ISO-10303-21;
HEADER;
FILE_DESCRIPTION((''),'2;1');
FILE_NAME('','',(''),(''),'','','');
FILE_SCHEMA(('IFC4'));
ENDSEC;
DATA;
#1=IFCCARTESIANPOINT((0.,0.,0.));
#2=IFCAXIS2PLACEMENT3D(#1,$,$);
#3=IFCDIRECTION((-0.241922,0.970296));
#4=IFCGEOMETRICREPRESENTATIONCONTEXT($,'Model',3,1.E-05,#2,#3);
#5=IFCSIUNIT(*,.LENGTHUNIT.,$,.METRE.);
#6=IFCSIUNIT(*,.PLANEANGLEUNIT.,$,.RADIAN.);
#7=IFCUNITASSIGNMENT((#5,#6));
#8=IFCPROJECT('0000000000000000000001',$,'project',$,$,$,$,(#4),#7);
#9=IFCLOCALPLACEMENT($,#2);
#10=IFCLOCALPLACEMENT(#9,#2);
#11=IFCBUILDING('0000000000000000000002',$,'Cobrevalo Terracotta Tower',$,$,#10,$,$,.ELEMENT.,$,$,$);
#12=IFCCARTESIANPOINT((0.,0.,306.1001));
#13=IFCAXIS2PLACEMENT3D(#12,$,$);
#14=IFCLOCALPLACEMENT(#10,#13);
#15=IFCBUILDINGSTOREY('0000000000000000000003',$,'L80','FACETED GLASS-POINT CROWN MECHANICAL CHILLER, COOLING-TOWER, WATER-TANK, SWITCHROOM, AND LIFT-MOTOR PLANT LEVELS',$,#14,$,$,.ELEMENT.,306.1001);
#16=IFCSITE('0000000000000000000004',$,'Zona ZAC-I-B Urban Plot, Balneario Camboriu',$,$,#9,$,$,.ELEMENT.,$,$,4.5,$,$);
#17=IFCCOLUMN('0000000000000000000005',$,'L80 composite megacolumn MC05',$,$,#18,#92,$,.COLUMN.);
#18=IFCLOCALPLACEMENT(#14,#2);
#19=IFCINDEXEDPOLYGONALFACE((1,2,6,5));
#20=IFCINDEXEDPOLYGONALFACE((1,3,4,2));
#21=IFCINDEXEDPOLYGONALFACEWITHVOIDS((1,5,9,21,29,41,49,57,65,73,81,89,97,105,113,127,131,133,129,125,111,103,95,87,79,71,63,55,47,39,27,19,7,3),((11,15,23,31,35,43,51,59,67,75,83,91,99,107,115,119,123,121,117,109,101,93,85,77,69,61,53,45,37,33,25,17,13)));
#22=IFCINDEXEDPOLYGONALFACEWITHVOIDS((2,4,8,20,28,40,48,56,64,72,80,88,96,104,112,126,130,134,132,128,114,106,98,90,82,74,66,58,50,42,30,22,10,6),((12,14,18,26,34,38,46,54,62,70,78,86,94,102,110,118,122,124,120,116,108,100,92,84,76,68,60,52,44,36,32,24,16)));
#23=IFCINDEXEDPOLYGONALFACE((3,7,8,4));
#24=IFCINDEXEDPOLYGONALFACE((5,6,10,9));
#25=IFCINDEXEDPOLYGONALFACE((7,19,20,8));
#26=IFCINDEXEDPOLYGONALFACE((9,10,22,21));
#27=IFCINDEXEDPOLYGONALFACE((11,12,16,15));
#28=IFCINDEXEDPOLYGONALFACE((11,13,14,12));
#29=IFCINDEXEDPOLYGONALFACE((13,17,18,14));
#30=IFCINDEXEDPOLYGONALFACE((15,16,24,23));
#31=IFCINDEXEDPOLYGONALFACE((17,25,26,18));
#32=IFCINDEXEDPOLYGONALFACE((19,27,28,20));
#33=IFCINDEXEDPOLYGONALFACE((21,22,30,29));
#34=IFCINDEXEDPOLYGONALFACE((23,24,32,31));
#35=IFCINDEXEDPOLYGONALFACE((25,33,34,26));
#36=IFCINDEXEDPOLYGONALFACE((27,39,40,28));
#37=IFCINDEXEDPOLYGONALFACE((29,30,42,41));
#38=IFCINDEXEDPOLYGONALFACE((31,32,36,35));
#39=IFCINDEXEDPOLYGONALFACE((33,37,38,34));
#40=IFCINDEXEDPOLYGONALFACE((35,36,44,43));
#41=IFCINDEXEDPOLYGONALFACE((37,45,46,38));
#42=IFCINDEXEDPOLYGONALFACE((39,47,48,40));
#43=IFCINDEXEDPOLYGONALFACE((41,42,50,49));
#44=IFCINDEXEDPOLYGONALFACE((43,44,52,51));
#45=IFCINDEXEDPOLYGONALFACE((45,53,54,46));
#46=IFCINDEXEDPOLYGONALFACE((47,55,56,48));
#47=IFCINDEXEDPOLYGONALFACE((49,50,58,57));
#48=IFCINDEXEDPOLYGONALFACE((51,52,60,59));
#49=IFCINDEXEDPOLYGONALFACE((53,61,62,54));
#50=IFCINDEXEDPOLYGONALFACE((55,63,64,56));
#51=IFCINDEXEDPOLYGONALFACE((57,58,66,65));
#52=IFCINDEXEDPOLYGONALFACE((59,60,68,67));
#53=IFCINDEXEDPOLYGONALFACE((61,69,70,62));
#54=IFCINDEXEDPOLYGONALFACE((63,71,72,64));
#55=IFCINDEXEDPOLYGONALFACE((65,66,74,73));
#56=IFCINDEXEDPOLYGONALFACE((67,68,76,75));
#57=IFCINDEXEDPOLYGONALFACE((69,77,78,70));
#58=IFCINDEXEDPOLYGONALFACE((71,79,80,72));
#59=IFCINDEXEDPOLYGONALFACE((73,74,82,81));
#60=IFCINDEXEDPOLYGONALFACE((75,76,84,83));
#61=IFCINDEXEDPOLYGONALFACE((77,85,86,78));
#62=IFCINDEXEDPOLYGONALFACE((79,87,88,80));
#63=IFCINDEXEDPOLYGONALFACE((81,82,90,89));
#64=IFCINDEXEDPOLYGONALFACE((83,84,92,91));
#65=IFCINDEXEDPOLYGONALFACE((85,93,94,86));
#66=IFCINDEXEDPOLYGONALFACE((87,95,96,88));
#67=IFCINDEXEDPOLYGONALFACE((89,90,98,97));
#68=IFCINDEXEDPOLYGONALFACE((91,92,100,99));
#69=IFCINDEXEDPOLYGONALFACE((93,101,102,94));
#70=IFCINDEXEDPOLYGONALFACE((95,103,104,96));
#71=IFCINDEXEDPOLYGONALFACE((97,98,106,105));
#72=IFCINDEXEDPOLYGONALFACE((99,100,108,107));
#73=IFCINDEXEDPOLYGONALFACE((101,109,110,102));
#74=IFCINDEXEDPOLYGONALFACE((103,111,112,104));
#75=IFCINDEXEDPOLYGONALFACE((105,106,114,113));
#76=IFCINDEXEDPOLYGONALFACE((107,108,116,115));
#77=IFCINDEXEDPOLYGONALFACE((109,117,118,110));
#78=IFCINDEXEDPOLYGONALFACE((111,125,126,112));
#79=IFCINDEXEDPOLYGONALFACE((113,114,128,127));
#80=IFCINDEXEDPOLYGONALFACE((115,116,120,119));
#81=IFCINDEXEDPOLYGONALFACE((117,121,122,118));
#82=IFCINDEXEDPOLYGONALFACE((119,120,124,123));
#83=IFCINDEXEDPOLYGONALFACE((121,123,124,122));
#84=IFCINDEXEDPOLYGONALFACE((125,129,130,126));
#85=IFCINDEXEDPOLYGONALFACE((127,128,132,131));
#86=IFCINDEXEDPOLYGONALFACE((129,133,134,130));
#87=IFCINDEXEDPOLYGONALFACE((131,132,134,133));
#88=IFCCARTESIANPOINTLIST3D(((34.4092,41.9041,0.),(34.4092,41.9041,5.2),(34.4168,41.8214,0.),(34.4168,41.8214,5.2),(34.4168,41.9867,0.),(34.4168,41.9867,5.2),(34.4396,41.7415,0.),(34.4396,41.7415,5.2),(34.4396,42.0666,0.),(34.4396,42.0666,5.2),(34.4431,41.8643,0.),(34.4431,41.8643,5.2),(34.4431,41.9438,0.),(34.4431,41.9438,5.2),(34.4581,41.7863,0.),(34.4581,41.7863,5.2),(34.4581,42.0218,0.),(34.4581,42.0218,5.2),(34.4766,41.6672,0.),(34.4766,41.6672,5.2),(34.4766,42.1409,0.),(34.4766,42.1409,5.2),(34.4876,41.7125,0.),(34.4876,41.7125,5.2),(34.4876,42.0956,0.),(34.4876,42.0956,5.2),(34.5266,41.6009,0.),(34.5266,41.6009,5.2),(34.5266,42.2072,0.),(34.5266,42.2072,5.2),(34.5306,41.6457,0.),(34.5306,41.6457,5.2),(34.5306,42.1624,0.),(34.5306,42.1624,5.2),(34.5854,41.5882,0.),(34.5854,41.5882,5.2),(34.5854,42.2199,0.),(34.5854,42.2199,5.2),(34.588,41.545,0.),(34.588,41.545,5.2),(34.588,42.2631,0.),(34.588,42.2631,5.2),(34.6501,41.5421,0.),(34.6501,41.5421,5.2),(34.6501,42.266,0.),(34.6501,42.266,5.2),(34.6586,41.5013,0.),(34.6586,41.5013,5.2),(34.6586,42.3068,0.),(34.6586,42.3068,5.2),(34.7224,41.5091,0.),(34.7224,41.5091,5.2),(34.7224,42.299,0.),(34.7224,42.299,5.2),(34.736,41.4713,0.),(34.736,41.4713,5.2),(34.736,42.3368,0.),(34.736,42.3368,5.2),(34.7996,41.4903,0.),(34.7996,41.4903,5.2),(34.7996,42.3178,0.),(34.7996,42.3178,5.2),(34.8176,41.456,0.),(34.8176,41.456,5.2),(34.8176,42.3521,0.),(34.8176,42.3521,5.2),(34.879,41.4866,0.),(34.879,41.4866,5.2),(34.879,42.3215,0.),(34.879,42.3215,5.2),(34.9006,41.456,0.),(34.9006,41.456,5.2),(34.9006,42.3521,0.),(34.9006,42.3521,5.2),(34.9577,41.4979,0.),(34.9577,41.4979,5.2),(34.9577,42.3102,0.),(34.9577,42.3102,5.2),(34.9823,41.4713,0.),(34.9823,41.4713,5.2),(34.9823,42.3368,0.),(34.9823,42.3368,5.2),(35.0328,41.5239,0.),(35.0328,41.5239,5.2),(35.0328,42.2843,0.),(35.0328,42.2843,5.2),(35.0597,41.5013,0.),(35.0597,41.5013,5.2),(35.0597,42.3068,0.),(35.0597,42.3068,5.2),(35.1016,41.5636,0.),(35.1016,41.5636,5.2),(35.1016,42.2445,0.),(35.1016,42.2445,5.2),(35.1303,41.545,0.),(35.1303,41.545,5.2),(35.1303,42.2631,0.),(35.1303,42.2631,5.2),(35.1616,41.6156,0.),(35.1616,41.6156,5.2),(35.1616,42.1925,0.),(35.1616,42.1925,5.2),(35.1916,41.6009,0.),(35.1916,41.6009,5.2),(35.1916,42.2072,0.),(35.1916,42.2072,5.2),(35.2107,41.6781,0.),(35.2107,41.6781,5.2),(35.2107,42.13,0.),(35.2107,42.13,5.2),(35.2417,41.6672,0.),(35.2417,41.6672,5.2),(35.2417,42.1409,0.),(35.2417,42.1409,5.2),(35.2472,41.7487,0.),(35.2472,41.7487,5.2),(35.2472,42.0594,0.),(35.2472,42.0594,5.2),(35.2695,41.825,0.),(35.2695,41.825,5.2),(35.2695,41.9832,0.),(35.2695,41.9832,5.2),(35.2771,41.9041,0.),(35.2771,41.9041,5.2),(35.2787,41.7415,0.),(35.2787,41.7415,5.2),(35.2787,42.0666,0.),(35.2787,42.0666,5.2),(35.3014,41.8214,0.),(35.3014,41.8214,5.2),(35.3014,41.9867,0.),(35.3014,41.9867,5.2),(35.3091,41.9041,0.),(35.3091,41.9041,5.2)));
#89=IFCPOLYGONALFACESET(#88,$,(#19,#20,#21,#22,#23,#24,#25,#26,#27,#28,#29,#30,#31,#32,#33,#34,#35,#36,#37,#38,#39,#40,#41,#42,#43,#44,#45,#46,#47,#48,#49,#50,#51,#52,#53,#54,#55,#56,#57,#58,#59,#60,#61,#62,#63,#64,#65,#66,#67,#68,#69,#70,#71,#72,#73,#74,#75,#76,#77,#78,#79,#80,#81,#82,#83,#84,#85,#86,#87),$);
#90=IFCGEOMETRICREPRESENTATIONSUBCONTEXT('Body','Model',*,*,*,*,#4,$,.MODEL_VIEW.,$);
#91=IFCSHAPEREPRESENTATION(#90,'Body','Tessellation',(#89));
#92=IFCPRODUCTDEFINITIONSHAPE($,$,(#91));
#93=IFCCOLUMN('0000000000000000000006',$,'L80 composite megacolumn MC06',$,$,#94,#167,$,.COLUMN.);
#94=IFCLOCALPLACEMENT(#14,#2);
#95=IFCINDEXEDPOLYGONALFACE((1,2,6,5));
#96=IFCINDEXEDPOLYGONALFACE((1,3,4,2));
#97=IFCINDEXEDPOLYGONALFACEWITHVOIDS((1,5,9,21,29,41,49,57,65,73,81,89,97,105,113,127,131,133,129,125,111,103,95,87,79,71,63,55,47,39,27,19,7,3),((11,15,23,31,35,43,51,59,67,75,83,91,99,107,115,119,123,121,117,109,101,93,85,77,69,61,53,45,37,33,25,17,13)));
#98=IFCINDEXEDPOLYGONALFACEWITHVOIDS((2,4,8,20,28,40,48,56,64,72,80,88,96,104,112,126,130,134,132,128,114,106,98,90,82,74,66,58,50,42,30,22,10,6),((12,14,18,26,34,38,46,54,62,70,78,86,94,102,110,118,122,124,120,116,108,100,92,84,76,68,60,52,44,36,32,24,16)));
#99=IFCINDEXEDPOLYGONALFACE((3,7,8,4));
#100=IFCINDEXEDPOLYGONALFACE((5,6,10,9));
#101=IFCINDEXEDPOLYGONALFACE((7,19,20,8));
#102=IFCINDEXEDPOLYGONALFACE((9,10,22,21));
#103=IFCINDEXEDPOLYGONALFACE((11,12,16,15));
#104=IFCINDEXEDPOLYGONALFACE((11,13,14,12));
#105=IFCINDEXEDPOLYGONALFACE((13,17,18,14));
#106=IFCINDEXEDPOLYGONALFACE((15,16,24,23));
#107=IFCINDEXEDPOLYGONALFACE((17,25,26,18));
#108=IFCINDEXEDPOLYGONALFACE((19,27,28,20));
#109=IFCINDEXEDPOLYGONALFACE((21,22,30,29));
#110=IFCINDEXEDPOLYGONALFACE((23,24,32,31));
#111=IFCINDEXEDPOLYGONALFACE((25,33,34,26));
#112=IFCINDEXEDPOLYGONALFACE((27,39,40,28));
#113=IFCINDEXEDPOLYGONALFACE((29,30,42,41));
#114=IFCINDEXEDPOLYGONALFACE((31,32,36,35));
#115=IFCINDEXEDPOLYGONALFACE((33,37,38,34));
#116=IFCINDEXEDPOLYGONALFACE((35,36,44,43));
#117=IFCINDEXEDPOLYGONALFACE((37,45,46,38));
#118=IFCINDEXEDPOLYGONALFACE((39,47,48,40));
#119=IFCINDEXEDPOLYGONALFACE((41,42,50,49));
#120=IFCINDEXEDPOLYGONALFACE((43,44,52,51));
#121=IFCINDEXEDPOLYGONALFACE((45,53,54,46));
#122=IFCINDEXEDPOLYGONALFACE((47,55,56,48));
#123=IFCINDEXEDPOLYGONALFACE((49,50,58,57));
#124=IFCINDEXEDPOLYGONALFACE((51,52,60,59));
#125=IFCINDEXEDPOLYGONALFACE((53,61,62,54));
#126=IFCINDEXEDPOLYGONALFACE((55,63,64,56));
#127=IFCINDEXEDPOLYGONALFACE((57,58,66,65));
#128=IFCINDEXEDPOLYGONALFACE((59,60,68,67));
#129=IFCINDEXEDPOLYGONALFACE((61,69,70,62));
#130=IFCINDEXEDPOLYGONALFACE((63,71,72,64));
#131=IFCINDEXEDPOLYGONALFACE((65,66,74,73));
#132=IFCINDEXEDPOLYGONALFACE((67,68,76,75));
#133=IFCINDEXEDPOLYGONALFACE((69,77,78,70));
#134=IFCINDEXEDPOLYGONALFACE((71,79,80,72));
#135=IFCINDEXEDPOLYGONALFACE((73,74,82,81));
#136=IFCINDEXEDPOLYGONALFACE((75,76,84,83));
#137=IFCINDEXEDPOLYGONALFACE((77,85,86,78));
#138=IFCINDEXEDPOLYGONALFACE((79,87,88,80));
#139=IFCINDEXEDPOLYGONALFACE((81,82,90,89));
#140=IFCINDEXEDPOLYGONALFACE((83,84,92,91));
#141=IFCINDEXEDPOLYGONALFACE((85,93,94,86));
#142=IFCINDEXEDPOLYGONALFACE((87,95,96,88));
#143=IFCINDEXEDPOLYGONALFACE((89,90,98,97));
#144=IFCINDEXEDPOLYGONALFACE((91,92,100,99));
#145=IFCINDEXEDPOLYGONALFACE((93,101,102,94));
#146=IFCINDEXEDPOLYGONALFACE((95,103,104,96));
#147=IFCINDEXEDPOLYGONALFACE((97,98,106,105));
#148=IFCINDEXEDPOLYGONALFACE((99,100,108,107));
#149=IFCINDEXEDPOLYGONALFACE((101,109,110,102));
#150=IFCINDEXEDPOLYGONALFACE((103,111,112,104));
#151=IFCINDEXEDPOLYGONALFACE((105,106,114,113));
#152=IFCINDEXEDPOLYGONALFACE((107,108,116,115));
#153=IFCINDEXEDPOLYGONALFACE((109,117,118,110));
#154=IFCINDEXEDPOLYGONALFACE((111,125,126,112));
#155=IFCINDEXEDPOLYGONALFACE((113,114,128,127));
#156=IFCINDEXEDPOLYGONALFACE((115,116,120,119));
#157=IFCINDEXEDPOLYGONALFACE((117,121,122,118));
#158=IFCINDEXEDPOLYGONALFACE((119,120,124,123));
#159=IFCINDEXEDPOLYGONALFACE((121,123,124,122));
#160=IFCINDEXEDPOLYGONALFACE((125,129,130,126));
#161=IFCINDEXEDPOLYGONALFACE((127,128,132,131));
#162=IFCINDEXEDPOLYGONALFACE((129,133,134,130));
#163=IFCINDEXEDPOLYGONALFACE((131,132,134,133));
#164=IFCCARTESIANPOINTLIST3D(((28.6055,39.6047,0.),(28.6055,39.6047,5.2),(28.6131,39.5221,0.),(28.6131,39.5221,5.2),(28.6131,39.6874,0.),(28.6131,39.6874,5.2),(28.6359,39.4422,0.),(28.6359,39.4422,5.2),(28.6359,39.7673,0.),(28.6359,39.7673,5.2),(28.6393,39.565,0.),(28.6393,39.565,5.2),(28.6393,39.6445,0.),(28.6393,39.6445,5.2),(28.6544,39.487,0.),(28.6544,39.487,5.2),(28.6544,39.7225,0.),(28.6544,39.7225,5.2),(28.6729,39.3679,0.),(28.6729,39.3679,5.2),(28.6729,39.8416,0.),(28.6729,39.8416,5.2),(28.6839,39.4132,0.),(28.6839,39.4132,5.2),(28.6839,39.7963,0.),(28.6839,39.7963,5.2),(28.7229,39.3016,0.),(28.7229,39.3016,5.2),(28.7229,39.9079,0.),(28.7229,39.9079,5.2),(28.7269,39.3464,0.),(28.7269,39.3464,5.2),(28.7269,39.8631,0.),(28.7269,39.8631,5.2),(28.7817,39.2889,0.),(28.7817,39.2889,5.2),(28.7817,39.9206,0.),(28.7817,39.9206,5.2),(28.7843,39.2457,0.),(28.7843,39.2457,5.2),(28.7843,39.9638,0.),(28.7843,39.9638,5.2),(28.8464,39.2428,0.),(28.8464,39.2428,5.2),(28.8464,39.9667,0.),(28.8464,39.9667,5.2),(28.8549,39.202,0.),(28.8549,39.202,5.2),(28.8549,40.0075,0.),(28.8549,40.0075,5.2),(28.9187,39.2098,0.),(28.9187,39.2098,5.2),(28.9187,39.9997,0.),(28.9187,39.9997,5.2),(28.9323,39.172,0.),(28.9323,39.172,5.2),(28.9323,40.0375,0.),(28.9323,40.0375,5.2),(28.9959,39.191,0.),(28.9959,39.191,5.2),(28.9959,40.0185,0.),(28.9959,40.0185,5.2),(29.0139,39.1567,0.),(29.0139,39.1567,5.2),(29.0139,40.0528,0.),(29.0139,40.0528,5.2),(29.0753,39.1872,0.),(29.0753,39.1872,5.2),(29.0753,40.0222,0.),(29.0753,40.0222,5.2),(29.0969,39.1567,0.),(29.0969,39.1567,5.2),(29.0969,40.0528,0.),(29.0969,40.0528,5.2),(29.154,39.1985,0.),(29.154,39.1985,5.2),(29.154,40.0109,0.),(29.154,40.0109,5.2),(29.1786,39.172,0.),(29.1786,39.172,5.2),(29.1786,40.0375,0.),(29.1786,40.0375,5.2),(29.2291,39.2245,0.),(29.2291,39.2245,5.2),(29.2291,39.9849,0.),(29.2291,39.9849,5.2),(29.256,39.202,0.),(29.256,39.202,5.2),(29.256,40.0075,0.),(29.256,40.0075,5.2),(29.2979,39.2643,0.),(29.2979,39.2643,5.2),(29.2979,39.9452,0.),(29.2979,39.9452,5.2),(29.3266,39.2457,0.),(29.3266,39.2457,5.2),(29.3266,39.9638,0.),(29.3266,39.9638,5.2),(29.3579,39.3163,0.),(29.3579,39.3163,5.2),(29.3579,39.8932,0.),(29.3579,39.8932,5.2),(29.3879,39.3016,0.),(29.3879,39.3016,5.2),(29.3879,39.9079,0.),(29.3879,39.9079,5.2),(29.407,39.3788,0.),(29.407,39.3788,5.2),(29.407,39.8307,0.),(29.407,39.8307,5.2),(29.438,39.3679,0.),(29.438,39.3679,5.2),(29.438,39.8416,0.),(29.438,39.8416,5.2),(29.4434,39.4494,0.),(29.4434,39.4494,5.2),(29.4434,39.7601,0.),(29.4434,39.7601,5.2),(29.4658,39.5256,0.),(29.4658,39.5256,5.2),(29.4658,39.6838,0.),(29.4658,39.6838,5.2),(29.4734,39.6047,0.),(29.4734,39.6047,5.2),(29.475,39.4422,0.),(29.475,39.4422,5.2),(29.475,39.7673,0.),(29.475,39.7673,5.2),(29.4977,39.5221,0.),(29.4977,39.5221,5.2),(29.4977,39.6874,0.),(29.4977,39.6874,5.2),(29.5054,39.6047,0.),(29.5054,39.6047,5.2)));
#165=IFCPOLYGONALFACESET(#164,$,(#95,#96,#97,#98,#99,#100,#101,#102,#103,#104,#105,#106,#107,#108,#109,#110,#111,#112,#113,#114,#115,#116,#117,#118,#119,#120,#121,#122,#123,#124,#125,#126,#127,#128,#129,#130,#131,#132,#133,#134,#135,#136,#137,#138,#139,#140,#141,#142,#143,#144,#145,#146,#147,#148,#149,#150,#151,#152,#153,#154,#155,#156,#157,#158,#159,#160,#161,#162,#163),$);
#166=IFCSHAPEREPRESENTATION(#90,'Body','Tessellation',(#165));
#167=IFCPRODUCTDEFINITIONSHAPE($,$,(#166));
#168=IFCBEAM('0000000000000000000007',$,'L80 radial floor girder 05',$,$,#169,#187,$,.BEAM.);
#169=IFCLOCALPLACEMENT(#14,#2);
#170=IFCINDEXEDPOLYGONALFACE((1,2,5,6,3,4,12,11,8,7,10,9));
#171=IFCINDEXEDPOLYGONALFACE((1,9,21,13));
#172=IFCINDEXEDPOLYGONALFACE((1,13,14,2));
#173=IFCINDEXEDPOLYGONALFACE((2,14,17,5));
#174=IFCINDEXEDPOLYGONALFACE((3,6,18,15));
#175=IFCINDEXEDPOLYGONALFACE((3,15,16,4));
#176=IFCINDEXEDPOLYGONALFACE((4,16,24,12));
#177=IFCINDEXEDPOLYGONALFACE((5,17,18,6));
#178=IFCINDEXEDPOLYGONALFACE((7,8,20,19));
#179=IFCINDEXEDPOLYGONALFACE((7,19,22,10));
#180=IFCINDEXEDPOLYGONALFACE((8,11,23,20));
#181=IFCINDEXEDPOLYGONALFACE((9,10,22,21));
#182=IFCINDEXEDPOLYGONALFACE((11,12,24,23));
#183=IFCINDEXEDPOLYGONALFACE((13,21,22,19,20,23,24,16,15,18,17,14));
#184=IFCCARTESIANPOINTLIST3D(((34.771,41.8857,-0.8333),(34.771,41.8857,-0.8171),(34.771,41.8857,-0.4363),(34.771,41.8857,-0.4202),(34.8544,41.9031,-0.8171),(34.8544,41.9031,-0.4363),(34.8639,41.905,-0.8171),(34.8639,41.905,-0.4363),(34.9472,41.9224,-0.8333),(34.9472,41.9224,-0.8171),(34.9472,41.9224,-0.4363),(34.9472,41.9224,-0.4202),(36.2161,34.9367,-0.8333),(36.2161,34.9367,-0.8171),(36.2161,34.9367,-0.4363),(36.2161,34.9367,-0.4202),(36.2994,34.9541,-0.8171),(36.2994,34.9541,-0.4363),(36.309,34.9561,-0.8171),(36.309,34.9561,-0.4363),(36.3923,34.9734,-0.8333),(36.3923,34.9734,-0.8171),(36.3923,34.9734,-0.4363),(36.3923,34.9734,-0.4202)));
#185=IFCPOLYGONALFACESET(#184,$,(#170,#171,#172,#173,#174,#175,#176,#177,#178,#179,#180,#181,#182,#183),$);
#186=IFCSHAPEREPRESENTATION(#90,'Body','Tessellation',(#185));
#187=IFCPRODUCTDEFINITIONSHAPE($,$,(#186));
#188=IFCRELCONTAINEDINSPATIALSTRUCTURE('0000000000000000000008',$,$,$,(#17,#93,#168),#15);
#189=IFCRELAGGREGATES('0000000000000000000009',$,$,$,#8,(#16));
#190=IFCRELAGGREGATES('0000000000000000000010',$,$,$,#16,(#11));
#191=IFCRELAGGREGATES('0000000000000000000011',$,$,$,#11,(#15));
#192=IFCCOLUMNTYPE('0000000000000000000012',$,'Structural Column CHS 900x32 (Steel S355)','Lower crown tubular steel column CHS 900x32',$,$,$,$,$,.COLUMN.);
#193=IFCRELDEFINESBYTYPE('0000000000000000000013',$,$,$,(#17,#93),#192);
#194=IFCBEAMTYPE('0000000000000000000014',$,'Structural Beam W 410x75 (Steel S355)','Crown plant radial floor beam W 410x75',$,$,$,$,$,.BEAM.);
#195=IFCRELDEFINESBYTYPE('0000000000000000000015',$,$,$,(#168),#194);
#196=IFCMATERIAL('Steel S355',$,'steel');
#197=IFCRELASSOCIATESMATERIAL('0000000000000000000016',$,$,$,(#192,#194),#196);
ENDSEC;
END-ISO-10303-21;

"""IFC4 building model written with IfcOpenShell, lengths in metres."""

from ifc_helpers import new_model, si_unit, direction, frame, origin, origin_2d, place, context, subcontext, project, spatial, hollow_circle, i_section, extrude, material, material_profile, profile_set, type_object, element, save


model = new_model("IFC4")

# Units and contexts
model_context = context("Model", 3, precision=1e-05, world=origin(), true_north=direction((-0.241922, 0.970296)))
body_context = subcontext(model_context, "Body", "Model", "MODEL_VIEW")
ifc_project = project(units=[si_unit("LENGTHUNIT", "METRE"), si_unit("PLANEANGLEUNIT", "RADIAN")], contexts=[model_context])

# Site, building, storey
site_placement = place(None, origin())
site = spatial("IfcSite", under=ifc_project, at=site_placement, Name="Zona ZAC-I-B Urban Plot, Balneario Camboriu", CompositionType="ELEMENT", RefElevation=4.5)
building_placement = place(site_placement, origin())
building = spatial("IfcBuilding", under=site, at=building_placement, Name="Cobrevalo Terracotta Tower", CompositionType="ELEMENT")
storey_placement = place(building_placement, frame((0.0, 0.0, 306.1001)))
storey = spatial("IfcBuildingStorey", under=building, at=storey_placement, Name="L80", Description="FACETED GLASS-POINT CROWN MECHANICAL CHILLER, COOLING-TOWER, WATER-TANK, SWITCHROOM, AND LIFT-MOTOR PLANT LEVELS", CompositionType="ELEMENT", Elevation=306.1001)

# Columns
ifc_material_1 = material(Name="Steel S355", Category="steel")
ifc_material_profile_1 = material_profile(ifc_material_1, hollow_circle(Radius=0.45, WallThickness=0.032, at=origin_2d()), Name="CHS 900x32")
ifc_profile_set_1 = profile_set([ifc_material_profile_1], Name="Steel S355")
column_type = type_object("IfcColumnType", Name="Structural Column CHS 900x32 (Steel S355)", Description="Lower crown tubular steel column CHS 900x32", PredefinedType="COLUMN", material=ifc_profile_set_1)
for number, where, z_axis, x_axis, name in (
    (1, (34.8591, 41.9041, 0.0), (0.0, 0.0, 1.0), (1.0, 0.0, 0.0), "L80 composite megacolumn MC05"),
    (2, (29.0554, 39.6047, 0.0), (0.0, 0.0, 1.0), (1.0, 0.0, 0.0), "L80 composite megacolumn MC06"),
):
    element("IfcColumn", number, at=place(storey_placement, frame(where, z_axis=z_axis, x_axis=x_axis)), inside=storey, type_object=column_type, Name=name, PredefinedType="COLUMN", context=body_context, shape_type="SweptSolid", body=[
        extrude(hollow_circle(Radius=0.45, WallThickness=0.032, at=origin_2d()), origin(), (0.0, 0.0, 1.0), 5.2),
    ])

# Beam
ifc_material_profile_2 = material_profile(ifc_material_1, i_section(OverallWidth=0.1799, OverallDepth=0.4131, WebThickness=0.0098, FlangeThickness=0.0161, at=origin_2d()), Name="W 410x75")
ifc_profile_set_2 = profile_set([ifc_material_profile_2], Name="Steel S355")
beam_type_1 = type_object("IfcBeamType", Name="Structural Beam W 410x75 (Steel S355)", Description="Crown plant radial floor beam W 410x75", PredefinedType="BEAM", material=ifc_profile_set_2)
beam_1_placement = place(storey_placement, frame((34.8591, 41.9041, -0.6267), z_axis=(0.203598, -0.979054, 0.0), x_axis=(0.979054, 0.203598, 0.0)))
element("IfcBeam", 3, at=beam_1_placement, inside=storey, type_object=beam_type_1, Name="L80 radial floor girder 05", PredefinedType="BEAM", context=body_context, shape_type="SweptSolid", body=[
    extrude(i_section(OverallWidth=0.1799, OverallDepth=0.4131, WebThickness=0.0098, FlangeThickness=0.0161, at=origin_2d()), origin(), (0.0, 0.0, 1.0), 7.0977),
])

save(model, "model.ifc")
